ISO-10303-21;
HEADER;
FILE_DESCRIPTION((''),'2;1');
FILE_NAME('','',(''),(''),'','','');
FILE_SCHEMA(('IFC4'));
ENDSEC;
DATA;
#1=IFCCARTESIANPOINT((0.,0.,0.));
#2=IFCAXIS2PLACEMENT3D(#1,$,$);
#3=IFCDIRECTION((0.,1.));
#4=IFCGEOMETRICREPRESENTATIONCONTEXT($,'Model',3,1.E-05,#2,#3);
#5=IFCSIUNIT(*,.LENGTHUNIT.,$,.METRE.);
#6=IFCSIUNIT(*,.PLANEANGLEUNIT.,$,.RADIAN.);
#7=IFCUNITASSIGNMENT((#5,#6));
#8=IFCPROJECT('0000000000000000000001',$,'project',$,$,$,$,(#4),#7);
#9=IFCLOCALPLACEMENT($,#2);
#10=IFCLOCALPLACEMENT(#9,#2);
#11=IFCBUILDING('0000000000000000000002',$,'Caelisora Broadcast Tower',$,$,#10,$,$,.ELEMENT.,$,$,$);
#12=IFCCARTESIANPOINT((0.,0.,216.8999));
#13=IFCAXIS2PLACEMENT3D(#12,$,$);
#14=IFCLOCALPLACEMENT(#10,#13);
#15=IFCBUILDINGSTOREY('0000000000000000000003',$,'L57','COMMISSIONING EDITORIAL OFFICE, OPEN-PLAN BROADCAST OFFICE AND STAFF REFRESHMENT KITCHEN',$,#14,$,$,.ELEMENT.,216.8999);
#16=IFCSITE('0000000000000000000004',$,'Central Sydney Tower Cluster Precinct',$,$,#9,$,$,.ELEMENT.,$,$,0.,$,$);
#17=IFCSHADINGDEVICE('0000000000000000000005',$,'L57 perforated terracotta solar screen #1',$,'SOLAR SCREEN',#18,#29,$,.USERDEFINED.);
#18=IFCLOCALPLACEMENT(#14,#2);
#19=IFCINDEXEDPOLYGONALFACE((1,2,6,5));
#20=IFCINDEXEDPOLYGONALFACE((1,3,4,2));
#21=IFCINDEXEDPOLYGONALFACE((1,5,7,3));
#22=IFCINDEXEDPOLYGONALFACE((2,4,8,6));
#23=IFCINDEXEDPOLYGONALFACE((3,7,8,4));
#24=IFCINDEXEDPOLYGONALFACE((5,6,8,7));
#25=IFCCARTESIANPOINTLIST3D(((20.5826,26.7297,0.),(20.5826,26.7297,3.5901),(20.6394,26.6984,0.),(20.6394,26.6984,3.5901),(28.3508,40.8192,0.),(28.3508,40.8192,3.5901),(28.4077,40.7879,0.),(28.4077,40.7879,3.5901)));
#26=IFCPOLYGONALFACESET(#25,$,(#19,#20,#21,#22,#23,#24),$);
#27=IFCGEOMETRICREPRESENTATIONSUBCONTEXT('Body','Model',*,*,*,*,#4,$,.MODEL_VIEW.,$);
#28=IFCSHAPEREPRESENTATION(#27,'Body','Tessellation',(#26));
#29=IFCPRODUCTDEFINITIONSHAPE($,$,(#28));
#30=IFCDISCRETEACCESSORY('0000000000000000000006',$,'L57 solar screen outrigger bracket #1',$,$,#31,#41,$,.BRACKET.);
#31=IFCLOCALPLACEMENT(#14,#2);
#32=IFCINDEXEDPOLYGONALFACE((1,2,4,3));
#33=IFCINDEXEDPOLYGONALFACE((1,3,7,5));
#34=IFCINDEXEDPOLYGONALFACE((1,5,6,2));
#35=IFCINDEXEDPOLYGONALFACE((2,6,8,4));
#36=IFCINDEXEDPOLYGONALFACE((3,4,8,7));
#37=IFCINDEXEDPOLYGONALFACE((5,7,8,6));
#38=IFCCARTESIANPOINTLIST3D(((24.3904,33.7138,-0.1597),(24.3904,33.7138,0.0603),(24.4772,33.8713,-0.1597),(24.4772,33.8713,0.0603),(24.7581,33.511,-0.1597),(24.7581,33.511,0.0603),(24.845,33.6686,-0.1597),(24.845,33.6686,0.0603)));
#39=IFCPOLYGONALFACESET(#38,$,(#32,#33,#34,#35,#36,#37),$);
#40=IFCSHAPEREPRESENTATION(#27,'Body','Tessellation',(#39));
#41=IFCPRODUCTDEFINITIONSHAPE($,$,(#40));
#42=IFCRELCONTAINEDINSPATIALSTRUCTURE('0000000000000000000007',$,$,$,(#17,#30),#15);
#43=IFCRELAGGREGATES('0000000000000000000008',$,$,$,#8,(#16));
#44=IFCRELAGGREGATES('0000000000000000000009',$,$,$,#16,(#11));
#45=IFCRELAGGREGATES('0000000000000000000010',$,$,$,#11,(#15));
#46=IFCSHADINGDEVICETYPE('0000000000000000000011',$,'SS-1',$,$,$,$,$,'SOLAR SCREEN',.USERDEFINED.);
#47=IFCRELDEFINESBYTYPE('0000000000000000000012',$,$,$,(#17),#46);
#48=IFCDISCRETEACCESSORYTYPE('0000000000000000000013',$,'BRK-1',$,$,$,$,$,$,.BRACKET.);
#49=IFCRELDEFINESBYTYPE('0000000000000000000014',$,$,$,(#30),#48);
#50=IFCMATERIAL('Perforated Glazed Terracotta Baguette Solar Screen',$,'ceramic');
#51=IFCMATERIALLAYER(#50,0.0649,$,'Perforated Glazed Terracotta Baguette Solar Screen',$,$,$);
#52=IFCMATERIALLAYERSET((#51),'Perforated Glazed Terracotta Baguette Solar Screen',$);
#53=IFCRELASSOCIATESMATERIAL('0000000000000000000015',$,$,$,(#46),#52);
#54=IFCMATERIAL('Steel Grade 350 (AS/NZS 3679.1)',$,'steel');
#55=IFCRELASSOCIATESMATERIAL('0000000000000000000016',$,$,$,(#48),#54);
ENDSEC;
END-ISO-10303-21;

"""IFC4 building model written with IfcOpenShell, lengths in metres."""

from ifc_helpers import new_model, si_unit, direction, frame, origin, origin_2d, place, context, subcontext, project, spatial, rectangle, extrude, source, transform, mapped, material, layer, layer_set, type_object, type_shapes, element, save


model = new_model("IFC4")

# Units and contexts
model_context = context("Model", 3, precision=1e-05, world=origin(), true_north=direction((0.0, 1.0)))
body_context = subcontext(model_context, "Body", "Model", "MODEL_VIEW")
ifc_project = project(units=[si_unit("LENGTHUNIT", "METRE"), si_unit("PLANEANGLEUNIT", "RADIAN")], contexts=[model_context])

# Site, building, storey
site_placement = place(None, origin())
site = spatial("IfcSite", under=ifc_project, at=site_placement, Name="Central Sydney Tower Cluster Precinct", CompositionType="ELEMENT", RefElevation=0.0)
building_placement = place(site_placement, origin())
building = spatial("IfcBuilding", under=site, at=building_placement, Name="Caelisora Broadcast Tower", CompositionType="ELEMENT")
storey_placement = place(building_placement, frame((0.0, 0.0, 216.8999)))
storey = spatial("IfcBuildingStorey", under=building, at=storey_placement, Name="L57", Description="COMMISSIONING EDITORIAL OFFICE, OPEN-PLAN BROADCAST OFFICE AND STAFF REFRESHMENT KITCHEN", CompositionType="ELEMENT", Elevation=216.8999)

# Shared definitions
ifc_material_1 = material(Name="Steel Grade 350 (AS/NZS 3679.1)", Category="steel")

# Shading device
ifc_material_2 = material(Name="Perforated Glazed Terracotta Baguette Solar Screen", Category="ceramic")
ifc_layer_1 = layer(ifc_material_2, 0.0649, Name="Perforated Glazed Terracotta Baguette Solar Screen")
ifc_layer_set_1 = layer_set([ifc_layer_1], Name="Perforated Glazed Terracotta Baguette Solar Screen")
shading_device_type = type_object("IfcShadingDeviceType", Name="SS-1", ElementType="SOLAR SCREEN", PredefinedType="USERDEFINED", material=ifc_layer_set_1)
shared_shape_1 = source(origin(), body_context, "Body", "SweptSolid", [
    extrude(rectangle(XDim=16.0891, YDim=0.0649, at=origin_2d()), origin(), (0.0, 0.0, 1.0), 3.5901),
])
type_shapes(shading_device_type, [shared_shape_1])
shading_device_placement = place(storey_placement, frame((24.4951, 33.7588, 0.0), z_axis=(0.0, 0.0, 1.0), x_axis=(-0.482824, -0.875717, 0.0)))
element("IfcShadingDevice", 1, at=shading_device_placement, inside=storey, type_object=shading_device_type, Name="L57 perforated terracotta solar screen #1", ObjectType="SOLAR SCREEN", PredefinedType="USERDEFINED", context=body_context, shape_type="MappedRepresentation", body=[
    mapped(shared_shape_1, transform((0.0, 0.0, 0.0), scale=1.0)),
])

# Discrete accessory
discrete_accessory_type = type_object("IfcDiscreteAccessoryType", Name="BRK-1", PredefinedType="BRACKET", material=ifc_material_1)
shared_shape_2 = source(origin(), body_context, "Body", "SweptSolid", [
    extrude(rectangle(XDim=0.1799, YDim=0.4199, at=origin_2d()), origin(), (0.0, 0.0, 1.0), 0.22),
])
type_shapes(discrete_accessory_type, [shared_shape_2])
discrete_accessory_placement = place(storey_placement, frame((24.6177, 33.6912, -0.1597), z_axis=(0.0, 0.0, 1.0), x_axis=(-0.482824, -0.875717, 0.0)))
element("IfcDiscreteAccessory", 2, at=discrete_accessory_placement, inside=storey, type_object=discrete_accessory_type, Name="L57 solar screen outrigger bracket #1", PredefinedType="BRACKET", context=body_context, shape_type="MappedRepresentation", body=[
    mapped(shared_shape_2, transform((0.0, 0.0, 0.0), scale=1.0)),
])

save(model, "model.ifc")
